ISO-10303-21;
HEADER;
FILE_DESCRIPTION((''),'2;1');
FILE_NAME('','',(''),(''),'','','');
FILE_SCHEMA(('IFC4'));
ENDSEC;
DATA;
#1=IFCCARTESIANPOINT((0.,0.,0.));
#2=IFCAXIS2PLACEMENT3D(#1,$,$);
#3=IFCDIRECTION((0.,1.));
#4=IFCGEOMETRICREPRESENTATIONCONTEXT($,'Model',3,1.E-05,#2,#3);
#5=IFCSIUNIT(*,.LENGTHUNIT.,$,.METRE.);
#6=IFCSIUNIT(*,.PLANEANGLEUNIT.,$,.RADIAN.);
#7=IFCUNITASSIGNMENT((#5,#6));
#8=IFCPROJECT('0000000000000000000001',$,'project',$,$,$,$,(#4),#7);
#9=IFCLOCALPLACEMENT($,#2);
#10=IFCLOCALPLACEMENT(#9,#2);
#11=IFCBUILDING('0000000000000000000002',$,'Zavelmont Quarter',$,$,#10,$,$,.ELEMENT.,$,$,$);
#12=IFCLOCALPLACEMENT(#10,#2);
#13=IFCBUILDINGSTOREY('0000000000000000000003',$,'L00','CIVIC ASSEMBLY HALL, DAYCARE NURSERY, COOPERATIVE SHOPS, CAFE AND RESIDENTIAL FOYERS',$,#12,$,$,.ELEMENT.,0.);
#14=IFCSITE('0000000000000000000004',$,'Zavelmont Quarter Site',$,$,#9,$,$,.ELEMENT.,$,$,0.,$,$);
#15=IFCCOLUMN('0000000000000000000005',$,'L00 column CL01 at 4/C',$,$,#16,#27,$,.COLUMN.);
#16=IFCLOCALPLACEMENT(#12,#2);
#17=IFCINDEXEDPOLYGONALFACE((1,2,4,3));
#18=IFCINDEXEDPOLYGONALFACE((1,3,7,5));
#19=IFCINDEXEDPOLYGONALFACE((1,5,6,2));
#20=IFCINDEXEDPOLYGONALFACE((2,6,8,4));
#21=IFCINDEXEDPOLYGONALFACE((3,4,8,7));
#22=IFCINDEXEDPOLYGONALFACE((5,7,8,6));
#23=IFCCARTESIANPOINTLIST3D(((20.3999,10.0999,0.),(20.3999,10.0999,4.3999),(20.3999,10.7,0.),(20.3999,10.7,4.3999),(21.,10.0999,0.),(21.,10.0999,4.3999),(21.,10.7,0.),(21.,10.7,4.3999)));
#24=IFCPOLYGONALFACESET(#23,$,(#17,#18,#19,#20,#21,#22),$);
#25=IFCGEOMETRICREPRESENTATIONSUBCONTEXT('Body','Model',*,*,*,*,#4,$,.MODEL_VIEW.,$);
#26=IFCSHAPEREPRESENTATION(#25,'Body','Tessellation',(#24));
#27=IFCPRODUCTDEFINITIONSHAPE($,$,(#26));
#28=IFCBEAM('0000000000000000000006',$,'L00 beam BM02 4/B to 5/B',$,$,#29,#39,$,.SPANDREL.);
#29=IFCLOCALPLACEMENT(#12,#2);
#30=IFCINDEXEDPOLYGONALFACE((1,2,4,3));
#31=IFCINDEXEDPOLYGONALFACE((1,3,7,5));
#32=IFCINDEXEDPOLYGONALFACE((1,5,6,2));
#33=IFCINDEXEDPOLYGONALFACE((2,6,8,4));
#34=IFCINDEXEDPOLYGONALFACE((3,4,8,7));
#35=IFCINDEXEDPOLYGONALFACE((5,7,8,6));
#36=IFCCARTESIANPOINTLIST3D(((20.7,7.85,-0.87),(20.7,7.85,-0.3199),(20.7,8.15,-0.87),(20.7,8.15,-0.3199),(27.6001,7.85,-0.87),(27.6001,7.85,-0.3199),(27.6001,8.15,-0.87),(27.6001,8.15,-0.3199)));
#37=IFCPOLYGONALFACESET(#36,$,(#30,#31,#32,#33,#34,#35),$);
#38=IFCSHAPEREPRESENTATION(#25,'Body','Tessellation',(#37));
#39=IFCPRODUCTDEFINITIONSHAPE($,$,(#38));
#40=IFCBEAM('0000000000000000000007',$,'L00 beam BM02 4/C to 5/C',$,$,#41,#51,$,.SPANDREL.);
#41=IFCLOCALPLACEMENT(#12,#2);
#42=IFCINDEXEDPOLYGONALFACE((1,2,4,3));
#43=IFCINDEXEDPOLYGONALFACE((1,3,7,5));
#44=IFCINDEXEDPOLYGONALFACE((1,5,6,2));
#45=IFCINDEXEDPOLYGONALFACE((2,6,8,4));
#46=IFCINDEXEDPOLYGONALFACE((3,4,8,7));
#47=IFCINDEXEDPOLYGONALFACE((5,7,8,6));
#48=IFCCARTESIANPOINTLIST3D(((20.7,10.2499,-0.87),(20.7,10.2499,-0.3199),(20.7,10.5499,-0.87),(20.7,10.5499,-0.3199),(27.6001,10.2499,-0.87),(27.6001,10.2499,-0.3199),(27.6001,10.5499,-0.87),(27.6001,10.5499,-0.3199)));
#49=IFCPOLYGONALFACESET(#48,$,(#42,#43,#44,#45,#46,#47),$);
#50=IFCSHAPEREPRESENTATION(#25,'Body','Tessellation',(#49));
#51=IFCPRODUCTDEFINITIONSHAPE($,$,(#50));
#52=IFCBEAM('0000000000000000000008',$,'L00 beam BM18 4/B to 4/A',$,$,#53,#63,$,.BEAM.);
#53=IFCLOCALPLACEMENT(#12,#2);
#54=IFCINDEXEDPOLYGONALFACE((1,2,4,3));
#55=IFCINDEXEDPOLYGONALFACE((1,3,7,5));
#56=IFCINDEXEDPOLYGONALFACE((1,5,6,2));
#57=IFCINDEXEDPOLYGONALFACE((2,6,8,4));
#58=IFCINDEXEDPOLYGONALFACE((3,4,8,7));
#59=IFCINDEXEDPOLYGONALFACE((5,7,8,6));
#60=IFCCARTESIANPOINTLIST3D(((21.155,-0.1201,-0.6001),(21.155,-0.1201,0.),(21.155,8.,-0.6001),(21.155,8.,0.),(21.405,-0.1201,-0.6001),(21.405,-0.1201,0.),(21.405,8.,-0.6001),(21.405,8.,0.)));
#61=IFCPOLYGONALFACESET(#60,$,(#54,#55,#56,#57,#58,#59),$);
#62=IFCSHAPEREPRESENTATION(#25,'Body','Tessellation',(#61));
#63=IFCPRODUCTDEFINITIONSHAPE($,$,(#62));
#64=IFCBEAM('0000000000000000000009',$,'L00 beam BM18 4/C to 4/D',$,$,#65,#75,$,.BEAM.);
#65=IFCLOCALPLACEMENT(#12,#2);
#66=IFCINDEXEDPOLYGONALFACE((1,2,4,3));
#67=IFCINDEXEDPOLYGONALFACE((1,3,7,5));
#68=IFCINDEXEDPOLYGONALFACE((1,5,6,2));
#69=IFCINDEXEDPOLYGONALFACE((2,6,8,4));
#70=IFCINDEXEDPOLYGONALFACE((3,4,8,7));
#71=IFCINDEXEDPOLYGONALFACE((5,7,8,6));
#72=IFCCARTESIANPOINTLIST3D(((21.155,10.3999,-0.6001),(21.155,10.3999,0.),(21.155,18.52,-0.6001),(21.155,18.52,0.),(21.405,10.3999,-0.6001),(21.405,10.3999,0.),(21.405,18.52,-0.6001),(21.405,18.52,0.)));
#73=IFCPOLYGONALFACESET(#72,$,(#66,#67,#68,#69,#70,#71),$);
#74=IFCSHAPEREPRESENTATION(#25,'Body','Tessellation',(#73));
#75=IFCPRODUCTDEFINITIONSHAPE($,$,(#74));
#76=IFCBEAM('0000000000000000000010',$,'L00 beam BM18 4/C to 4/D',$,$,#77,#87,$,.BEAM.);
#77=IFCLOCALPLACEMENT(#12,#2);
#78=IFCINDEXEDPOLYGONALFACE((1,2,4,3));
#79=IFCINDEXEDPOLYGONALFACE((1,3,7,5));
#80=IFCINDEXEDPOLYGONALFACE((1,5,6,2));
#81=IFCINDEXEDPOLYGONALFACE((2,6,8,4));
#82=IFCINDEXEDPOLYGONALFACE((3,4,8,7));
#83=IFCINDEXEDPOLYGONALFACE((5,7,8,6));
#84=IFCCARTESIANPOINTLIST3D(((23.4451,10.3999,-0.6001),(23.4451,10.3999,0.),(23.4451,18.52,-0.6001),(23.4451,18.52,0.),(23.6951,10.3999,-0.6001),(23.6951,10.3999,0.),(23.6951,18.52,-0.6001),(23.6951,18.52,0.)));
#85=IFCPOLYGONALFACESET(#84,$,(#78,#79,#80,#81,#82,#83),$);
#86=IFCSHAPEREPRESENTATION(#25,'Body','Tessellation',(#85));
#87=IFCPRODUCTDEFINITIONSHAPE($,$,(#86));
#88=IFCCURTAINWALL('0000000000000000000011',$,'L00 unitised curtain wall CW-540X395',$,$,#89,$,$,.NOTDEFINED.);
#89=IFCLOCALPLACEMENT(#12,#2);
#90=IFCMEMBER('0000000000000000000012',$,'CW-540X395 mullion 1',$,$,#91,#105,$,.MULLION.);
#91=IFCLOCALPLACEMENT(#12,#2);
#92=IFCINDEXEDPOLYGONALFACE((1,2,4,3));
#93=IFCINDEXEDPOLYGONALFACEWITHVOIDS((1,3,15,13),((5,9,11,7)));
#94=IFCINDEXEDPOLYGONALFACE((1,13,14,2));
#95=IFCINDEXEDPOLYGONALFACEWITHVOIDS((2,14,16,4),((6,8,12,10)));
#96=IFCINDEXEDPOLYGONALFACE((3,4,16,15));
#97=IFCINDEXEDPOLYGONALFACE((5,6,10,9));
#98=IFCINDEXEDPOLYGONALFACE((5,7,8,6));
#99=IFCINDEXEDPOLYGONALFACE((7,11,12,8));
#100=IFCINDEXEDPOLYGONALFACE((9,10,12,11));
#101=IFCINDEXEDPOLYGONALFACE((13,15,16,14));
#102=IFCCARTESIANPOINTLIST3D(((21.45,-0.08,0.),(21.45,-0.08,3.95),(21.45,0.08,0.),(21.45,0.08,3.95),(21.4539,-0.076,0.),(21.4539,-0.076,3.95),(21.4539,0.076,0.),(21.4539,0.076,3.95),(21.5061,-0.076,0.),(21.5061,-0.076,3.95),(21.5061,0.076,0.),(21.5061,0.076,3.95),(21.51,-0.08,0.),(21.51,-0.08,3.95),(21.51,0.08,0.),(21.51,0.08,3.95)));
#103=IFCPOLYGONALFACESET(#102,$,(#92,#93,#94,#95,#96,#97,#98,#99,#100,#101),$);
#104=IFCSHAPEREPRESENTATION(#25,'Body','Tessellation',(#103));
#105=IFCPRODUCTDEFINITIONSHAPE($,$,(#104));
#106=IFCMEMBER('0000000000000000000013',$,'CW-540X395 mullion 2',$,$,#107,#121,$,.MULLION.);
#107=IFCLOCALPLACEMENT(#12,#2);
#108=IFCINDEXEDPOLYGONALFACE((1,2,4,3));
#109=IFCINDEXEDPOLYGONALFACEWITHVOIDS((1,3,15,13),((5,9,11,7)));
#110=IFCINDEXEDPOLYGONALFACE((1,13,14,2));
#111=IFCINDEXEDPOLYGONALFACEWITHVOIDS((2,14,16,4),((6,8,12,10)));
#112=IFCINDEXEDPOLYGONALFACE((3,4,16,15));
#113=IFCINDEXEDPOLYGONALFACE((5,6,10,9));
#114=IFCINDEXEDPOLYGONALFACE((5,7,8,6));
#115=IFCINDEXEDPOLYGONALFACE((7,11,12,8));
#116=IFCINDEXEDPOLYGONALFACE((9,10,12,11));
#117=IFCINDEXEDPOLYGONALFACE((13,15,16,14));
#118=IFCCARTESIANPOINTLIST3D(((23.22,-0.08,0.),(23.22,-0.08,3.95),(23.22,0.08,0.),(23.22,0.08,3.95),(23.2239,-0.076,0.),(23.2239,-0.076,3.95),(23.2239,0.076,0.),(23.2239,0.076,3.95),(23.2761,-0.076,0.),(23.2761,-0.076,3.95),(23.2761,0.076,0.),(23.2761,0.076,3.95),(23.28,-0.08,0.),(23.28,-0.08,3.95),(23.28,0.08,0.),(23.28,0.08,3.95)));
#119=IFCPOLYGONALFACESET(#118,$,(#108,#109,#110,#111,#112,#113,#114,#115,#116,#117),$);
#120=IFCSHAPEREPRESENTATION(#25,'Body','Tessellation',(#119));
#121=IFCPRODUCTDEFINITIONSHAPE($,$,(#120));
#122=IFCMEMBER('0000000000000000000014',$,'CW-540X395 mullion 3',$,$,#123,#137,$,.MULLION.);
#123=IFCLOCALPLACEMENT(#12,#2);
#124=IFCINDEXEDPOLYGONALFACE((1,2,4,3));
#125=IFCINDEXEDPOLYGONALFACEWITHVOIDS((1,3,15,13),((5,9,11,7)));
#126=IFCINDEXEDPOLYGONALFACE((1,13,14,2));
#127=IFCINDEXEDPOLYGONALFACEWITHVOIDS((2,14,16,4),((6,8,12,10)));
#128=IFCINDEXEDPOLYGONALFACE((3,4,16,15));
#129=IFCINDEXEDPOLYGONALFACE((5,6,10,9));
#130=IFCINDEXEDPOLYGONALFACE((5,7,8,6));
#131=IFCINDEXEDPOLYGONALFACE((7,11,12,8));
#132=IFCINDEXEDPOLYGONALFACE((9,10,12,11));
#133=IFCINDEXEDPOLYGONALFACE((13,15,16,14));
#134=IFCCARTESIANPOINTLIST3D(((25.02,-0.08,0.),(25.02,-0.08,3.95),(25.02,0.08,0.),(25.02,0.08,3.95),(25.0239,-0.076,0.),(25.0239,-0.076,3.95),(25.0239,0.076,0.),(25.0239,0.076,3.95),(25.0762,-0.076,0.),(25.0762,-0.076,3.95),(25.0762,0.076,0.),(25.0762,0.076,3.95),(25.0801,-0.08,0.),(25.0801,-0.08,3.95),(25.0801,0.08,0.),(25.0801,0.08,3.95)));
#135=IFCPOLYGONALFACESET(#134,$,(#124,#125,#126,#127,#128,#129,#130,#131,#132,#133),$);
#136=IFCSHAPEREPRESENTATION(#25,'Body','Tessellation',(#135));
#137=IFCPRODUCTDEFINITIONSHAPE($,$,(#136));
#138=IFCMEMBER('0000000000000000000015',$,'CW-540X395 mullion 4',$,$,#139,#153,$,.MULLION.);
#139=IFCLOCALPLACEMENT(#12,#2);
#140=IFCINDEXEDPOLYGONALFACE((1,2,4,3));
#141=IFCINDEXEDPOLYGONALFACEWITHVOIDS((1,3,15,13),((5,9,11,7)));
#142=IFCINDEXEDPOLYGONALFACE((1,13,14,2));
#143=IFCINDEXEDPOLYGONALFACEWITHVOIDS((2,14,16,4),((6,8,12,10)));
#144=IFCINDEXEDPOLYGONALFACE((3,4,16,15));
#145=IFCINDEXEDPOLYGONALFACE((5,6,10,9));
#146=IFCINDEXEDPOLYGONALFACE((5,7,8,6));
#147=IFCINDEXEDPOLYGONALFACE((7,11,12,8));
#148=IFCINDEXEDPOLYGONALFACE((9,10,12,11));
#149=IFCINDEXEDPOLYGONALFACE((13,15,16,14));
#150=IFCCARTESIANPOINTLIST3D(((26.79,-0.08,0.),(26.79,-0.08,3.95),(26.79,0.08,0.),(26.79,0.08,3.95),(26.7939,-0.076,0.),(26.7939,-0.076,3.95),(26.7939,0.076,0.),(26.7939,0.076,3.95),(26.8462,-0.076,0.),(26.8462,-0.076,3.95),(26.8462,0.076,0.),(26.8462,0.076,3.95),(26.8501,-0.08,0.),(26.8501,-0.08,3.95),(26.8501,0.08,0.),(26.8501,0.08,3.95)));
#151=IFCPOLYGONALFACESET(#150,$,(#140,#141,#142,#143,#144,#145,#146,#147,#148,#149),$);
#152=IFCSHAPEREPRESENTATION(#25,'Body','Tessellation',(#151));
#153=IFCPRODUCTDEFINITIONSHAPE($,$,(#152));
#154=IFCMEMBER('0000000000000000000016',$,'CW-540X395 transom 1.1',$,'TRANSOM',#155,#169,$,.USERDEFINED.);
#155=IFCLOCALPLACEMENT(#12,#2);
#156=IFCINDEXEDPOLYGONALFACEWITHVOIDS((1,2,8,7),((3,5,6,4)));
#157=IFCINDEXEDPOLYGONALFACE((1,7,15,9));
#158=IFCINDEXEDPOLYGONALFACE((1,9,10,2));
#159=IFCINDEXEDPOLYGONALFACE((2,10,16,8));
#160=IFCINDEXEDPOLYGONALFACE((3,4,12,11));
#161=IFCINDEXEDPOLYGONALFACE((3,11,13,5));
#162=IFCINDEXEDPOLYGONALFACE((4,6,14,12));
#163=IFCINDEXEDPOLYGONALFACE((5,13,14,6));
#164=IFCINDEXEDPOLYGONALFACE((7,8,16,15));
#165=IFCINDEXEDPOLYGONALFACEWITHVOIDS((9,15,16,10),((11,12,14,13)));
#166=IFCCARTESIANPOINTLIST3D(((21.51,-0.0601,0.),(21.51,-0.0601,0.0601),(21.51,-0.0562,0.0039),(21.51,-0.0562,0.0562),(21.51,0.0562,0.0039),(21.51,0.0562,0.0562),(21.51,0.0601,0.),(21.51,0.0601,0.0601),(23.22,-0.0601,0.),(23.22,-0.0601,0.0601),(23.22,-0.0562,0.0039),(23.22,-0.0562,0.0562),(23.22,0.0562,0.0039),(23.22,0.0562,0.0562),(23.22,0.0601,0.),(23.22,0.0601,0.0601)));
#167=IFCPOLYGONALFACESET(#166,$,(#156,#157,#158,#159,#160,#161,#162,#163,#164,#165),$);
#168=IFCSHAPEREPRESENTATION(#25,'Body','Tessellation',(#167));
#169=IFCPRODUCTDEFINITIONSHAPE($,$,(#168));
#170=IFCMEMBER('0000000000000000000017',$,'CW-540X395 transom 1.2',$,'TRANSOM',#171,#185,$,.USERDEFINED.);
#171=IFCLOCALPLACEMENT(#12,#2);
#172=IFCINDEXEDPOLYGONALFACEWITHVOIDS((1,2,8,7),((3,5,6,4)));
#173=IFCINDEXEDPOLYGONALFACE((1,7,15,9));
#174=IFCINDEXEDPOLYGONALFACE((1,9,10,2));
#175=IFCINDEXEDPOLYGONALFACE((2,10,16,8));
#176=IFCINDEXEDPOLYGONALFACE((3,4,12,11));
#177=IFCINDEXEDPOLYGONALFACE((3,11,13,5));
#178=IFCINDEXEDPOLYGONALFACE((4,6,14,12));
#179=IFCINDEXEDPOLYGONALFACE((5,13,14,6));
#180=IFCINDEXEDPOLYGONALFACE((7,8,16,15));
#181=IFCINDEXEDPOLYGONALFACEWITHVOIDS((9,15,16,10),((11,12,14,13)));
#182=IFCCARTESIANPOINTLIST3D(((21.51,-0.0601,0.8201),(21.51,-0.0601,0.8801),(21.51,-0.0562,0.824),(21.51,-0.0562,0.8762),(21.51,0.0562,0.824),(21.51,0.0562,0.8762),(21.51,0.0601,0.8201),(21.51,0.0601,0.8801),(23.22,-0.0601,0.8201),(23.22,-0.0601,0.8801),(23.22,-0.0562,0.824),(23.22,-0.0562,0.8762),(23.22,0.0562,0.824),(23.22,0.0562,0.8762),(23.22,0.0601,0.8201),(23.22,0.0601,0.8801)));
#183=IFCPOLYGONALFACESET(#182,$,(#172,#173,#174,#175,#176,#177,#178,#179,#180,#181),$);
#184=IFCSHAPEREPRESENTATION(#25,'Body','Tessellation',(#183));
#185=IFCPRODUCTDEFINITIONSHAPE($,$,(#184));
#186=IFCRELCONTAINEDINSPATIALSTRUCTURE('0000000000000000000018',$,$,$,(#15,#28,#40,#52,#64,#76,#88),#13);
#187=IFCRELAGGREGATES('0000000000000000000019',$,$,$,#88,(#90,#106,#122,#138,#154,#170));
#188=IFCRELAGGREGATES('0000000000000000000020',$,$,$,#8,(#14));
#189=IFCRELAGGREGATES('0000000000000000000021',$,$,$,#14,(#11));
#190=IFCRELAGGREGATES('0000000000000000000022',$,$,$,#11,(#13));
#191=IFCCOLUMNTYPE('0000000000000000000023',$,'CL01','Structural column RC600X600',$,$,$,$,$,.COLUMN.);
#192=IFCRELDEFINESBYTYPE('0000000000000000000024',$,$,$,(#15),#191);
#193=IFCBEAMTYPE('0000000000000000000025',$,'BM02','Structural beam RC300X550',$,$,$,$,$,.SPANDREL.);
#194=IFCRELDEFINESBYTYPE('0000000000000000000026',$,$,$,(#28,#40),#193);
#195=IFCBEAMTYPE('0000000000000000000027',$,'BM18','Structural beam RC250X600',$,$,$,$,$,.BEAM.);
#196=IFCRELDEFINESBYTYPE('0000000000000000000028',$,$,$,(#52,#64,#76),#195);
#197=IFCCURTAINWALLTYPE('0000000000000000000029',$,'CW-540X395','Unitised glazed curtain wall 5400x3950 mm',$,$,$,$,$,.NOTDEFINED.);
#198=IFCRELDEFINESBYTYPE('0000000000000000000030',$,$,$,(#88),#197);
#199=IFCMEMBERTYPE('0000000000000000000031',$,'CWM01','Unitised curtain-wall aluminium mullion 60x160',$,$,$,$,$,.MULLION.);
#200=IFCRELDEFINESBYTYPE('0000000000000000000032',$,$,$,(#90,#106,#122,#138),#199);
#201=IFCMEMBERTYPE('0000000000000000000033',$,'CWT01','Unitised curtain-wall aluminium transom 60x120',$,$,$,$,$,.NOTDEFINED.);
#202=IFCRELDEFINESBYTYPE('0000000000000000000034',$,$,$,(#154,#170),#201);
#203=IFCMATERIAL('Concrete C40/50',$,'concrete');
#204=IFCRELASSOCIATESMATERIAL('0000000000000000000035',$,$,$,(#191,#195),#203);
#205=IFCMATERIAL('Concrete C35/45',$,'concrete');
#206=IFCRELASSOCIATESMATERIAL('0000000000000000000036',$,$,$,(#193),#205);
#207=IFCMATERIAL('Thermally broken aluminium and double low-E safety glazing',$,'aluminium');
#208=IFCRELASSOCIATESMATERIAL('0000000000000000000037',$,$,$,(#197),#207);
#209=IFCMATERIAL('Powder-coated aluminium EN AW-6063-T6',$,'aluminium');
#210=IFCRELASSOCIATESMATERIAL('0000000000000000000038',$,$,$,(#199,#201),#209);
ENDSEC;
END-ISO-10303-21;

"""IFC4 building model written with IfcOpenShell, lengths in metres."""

from ifc_helpers import new_model, si_unit, direction, frame, origin, origin_2d, place, context, subcontext, project, spatial, rectangle, hollow_rectangle, extrude, material, material_profile, profile_set, type_object, element, aggregate, save


model = new_model("IFC4")

# Units and contexts
model_context = context("Model", 3, precision=1e-05, world=origin(), true_north=direction((0.0, 1.0)))
body_context = subcontext(model_context, "Body", "Model", "MODEL_VIEW")
ifc_project = project(units=[si_unit("LENGTHUNIT", "METRE"), si_unit("PLANEANGLEUNIT", "RADIAN")], contexts=[model_context])

# Site, building, storey
site_placement = place(None, origin())
site = spatial("IfcSite", under=ifc_project, at=site_placement, Name="Zavelmont Quarter Site", CompositionType="ELEMENT", RefElevation=0.0)
building_placement = place(site_placement, origin())
building = spatial("IfcBuilding", under=site, at=building_placement, Name="Zavelmont Quarter", CompositionType="ELEMENT")
storey_placement = place(building_placement, origin())
storey = spatial("IfcBuildingStorey", under=building, at=storey_placement, Name="L00", Description="CIVIC ASSEMBLY HALL, DAYCARE NURSERY, COOPERATIVE SHOPS, CAFE AND RESIDENTIAL FOYERS", CompositionType="ELEMENT", Elevation=0.0)

# Column
ifc_material_1 = material(Name="Concrete C40/50", Category="concrete")
ifc_material_profile_1 = material_profile(ifc_material_1, rectangle(XDim=0.6001, YDim=0.6001, at=origin_2d()), Name="RC600X600")
ifc_profile_set_1 = profile_set([ifc_material_profile_1], Name="Concrete C40/50")
column_type = type_object("IfcColumnType", Name="CL01", Description="Structural column RC600X600", PredefinedType="COLUMN", material=ifc_profile_set_1)
column_placement = place(storey_placement, frame((20.7, 10.3999, 0.0), z_axis=(0.0, 0.0, 1.0), x_axis=(1.0, 0.0, 0.0)))
element("IfcColumn", 1, at=column_placement, inside=storey, type_object=column_type, Name="L00 column CL01 at 4/C", PredefinedType="COLUMN", context=body_context, shape_type="SweptSolid", body=[
    extrude(rectangle(XDim=0.6001, YDim=0.6001, at=origin_2d()), origin(), (0.0, 0.0, 1.0), 4.3999),
])

# Beams
ifc_material_2 = material(Name="Concrete C35/45", Category="concrete")
ifc_material_profile_2 = material_profile(ifc_material_2, rectangle(XDim=0.3, YDim=0.55, at=origin_2d()), Name="RC300X550")
ifc_profile_set_2 = profile_set([ifc_material_profile_2], Name="Concrete C35/45")
beam_type_1 = type_object("IfcBeamType", Name="BM02", Description="Structural beam RC300X550", PredefinedType="SPANDREL", material=ifc_profile_set_2)
for number, where, z_axis, x_axis, name in (
    (2, (20.7, 8.0, -0.595), (1.0, 0.0, 0.0), (0.0, 1.0, 0.0), "L00 beam BM02 4/B to 5/B"),
    (3, (20.7, 10.3999, -0.595), (1.0, 0.0, 0.0), (0.0, 1.0, 0.0), "L00 beam BM02 4/C to 5/C"),
):
    element("IfcBeam", number, at=place(storey_placement, frame(where, z_axis=z_axis, x_axis=x_axis)), inside=storey, type_object=beam_type_1, Name=name, PredefinedType="SPANDREL", context=body_context, shape_type="SweptSolid", body=[
        extrude(rectangle(XDim=0.3, YDim=0.55, at=origin_2d()), origin(), (0.0, 0.0, 1.0), 6.9001),
    ])
ifc_material_profile_3 = material_profile(ifc_material_1, rectangle(XDim=0.25, YDim=0.6001, at=origin_2d()), Name="RC250X600")
ifc_profile_set_3 = profile_set([ifc_material_profile_3], Name="Concrete C40/50")
beam_type_2 = type_object("IfcBeamType", Name="BM18", Description="Structural beam RC250X600", PredefinedType="BEAM", material=ifc_profile_set_3)
for number, where, z_axis, x_axis, name in (
    (4, (21.28, 8.0, -0.3), (0.0, -1.0, 0.0), (1.0, 0.0, 0.0), "L00 beam BM18 4/B to 4/A"),
    (5, (21.28, 10.3999, -0.3), (0.0, 1.0, 0.0), (-1.0, 0.0, 0.0), "L00 beam BM18 4/C to 4/D"),
    (6, (23.5701, 10.3999, -0.3), (0.0, 1.0, 0.0), (-1.0, 0.0, 0.0), "L00 beam BM18 4/C to 4/D"),
):
    element("IfcBeam", number, at=place(storey_placement, frame(where, z_axis=z_axis, x_axis=x_axis)), inside=storey, type_object=beam_type_2, Name=name, PredefinedType="BEAM", context=body_context, shape_type="SweptSolid", body=[
        extrude(rectangle(XDim=0.25, YDim=0.6001, at=origin_2d()), origin(), (0.0, 0.0, 1.0), 8.1201),
    ])

# Curtain wall, members
ifc_material_3 = material(Name="Thermally broken aluminium and double low-E safety glazing", Category="aluminium")
curtain_wall_type = type_object("IfcCurtainWallType", Name="CW-540X395", Description="Unitised glazed curtain wall 5400x3950 mm", PredefinedType="NOTDEFINED", material=ifc_material_3)
curtain_wall_placement = place(storey_placement, origin())
curtain_wall = element("IfcCurtainWall", 7, at=curtain_wall_placement, inside=storey, type_object=curtain_wall_type, Name="L00 unitised curtain wall CW-540X395", PredefinedType="NOTDEFINED")
ifc_material_4 = material(Name="Powder-coated aluminium EN AW-6063-T6", Category="aluminium")
ifc_material_profile_4 = material_profile(ifc_material_4, hollow_rectangle(XDim=0.0601, YDim=0.1599, WallThickness=0.0039, at=origin_2d()), Name="CWM60X160")
ifc_profile_set_4 = profile_set([ifc_material_profile_4], Name="Powder-coated aluminium EN AW-6063-T6")
member_type_1 = type_object("IfcMemberType", Name="CWM01", Description="Unitised curtain-wall aluminium mullion 60x160", PredefinedType="MULLION", material=ifc_profile_set_4)
member_1_placement = place(storey_placement, frame((21.48, 0.0, 0.0), z_axis=(0.0, 0.0, 1.0), x_axis=(1.0, 0.0, 0.0)))
member_1 = element("IfcMember", 8, at=member_1_placement, type_object=member_type_1, Name="CW-540X395 mullion 1", PredefinedType="MULLION", context=body_context, shape_type="SweptSolid", body=[
    extrude(hollow_rectangle(XDim=0.0601, YDim=0.1599, WallThickness=0.0039, at=origin_2d()), origin(), (0.0, 0.0, 1.0), 3.95),
])
member_2_placement = place(storey_placement, frame((23.25, 0.0, 0.0), z_axis=(0.0, 0.0, 1.0), x_axis=(1.0, 0.0, 0.0)))
member_2 = element("IfcMember", 9, at=member_2_placement, type_object=member_type_1, Name="CW-540X395 mullion 2", PredefinedType="MULLION", context=body_context, shape_type="SweptSolid", body=[
    extrude(hollow_rectangle(XDim=0.0601, YDim=0.1599, WallThickness=0.0039, at=origin_2d()), origin(), (0.0, 0.0, 1.0), 3.95),
])
member_3_placement = place(storey_placement, frame((25.05, 0.0, 0.0), z_axis=(0.0, 0.0, 1.0), x_axis=(1.0, 0.0, 0.0)))
member_3 = element("IfcMember", 10, at=member_3_placement, type_object=member_type_1, Name="CW-540X395 mullion 3", PredefinedType="MULLION", context=body_context, shape_type="SweptSolid", body=[
    extrude(hollow_rectangle(XDim=0.0601, YDim=0.1599, WallThickness=0.0039, at=origin_2d()), origin(), (0.0, 0.0, 1.0), 3.95),
])
member_4_placement = place(storey_placement, frame((26.8201, 0.0, 0.0), z_axis=(0.0, 0.0, 1.0), x_axis=(1.0, 0.0, 0.0)))
member_4 = element("IfcMember", 11, at=member_4_placement, type_object=member_type_1, Name="CW-540X395 mullion 4", PredefinedType="MULLION", context=body_context, shape_type="SweptSolid", body=[
    extrude(hollow_rectangle(XDim=0.0601, YDim=0.1599, WallThickness=0.0039, at=origin_2d()), origin(), (0.0, 0.0, 1.0), 3.95),
])
ifc_material_profile_5 = material_profile(ifc_material_4, hollow_rectangle(XDim=0.1201, YDim=0.0601, WallThickness=0.0039, at=origin_2d()), Name="CWT60X120")
ifc_profile_set_5 = profile_set([ifc_material_profile_5], Name="Powder-coated aluminium EN AW-6063-T6")
member_type_2 = type_object("IfcMemberType", Name="CWT01", Description="Unitised curtain-wall aluminium transom 60x120", PredefinedType="NOTDEFINED", material=ifc_profile_set_5)
member_5_placement = place(storey_placement, frame((21.51, 0.0, 0.03), z_axis=(1.0, 0.0, 0.0), x_axis=(0.0, 1.0, 0.0)))
member_5 = element("IfcMember", 12, at=member_5_placement, type_object=member_type_2, Name="CW-540X395 transom 1.1", ObjectType="TRANSOM", PredefinedType="USERDEFINED", context=body_context, shape_type="SweptSolid", body=[
    extrude(hollow_rectangle(XDim=0.1201, YDim=0.0601, WallThickness=0.0039, at=origin_2d()), origin(), (0.0, 0.0, 1.0), 1.71),
])
member_6_placement = place(storey_placement, frame((21.51, 0.0, 0.8501), z_axis=(1.0, 0.0, 0.0), x_axis=(0.0, 1.0, 0.0)))
member_6 = element("IfcMember", 13, at=member_6_placement, type_object=member_type_2, Name="CW-540X395 transom 1.2", ObjectType="TRANSOM", PredefinedType="USERDEFINED", context=body_context, shape_type="SweptSolid", body=[
    extrude(hollow_rectangle(XDim=0.1201, YDim=0.0601, WallThickness=0.0039, at=origin_2d()), origin(), (0.0, 0.0, 1.0), 1.71),
])

aggregate(curtain_wall, [member_1, member_2, member_3, member_4, member_5, member_6])

save(model, "model.ifc")
